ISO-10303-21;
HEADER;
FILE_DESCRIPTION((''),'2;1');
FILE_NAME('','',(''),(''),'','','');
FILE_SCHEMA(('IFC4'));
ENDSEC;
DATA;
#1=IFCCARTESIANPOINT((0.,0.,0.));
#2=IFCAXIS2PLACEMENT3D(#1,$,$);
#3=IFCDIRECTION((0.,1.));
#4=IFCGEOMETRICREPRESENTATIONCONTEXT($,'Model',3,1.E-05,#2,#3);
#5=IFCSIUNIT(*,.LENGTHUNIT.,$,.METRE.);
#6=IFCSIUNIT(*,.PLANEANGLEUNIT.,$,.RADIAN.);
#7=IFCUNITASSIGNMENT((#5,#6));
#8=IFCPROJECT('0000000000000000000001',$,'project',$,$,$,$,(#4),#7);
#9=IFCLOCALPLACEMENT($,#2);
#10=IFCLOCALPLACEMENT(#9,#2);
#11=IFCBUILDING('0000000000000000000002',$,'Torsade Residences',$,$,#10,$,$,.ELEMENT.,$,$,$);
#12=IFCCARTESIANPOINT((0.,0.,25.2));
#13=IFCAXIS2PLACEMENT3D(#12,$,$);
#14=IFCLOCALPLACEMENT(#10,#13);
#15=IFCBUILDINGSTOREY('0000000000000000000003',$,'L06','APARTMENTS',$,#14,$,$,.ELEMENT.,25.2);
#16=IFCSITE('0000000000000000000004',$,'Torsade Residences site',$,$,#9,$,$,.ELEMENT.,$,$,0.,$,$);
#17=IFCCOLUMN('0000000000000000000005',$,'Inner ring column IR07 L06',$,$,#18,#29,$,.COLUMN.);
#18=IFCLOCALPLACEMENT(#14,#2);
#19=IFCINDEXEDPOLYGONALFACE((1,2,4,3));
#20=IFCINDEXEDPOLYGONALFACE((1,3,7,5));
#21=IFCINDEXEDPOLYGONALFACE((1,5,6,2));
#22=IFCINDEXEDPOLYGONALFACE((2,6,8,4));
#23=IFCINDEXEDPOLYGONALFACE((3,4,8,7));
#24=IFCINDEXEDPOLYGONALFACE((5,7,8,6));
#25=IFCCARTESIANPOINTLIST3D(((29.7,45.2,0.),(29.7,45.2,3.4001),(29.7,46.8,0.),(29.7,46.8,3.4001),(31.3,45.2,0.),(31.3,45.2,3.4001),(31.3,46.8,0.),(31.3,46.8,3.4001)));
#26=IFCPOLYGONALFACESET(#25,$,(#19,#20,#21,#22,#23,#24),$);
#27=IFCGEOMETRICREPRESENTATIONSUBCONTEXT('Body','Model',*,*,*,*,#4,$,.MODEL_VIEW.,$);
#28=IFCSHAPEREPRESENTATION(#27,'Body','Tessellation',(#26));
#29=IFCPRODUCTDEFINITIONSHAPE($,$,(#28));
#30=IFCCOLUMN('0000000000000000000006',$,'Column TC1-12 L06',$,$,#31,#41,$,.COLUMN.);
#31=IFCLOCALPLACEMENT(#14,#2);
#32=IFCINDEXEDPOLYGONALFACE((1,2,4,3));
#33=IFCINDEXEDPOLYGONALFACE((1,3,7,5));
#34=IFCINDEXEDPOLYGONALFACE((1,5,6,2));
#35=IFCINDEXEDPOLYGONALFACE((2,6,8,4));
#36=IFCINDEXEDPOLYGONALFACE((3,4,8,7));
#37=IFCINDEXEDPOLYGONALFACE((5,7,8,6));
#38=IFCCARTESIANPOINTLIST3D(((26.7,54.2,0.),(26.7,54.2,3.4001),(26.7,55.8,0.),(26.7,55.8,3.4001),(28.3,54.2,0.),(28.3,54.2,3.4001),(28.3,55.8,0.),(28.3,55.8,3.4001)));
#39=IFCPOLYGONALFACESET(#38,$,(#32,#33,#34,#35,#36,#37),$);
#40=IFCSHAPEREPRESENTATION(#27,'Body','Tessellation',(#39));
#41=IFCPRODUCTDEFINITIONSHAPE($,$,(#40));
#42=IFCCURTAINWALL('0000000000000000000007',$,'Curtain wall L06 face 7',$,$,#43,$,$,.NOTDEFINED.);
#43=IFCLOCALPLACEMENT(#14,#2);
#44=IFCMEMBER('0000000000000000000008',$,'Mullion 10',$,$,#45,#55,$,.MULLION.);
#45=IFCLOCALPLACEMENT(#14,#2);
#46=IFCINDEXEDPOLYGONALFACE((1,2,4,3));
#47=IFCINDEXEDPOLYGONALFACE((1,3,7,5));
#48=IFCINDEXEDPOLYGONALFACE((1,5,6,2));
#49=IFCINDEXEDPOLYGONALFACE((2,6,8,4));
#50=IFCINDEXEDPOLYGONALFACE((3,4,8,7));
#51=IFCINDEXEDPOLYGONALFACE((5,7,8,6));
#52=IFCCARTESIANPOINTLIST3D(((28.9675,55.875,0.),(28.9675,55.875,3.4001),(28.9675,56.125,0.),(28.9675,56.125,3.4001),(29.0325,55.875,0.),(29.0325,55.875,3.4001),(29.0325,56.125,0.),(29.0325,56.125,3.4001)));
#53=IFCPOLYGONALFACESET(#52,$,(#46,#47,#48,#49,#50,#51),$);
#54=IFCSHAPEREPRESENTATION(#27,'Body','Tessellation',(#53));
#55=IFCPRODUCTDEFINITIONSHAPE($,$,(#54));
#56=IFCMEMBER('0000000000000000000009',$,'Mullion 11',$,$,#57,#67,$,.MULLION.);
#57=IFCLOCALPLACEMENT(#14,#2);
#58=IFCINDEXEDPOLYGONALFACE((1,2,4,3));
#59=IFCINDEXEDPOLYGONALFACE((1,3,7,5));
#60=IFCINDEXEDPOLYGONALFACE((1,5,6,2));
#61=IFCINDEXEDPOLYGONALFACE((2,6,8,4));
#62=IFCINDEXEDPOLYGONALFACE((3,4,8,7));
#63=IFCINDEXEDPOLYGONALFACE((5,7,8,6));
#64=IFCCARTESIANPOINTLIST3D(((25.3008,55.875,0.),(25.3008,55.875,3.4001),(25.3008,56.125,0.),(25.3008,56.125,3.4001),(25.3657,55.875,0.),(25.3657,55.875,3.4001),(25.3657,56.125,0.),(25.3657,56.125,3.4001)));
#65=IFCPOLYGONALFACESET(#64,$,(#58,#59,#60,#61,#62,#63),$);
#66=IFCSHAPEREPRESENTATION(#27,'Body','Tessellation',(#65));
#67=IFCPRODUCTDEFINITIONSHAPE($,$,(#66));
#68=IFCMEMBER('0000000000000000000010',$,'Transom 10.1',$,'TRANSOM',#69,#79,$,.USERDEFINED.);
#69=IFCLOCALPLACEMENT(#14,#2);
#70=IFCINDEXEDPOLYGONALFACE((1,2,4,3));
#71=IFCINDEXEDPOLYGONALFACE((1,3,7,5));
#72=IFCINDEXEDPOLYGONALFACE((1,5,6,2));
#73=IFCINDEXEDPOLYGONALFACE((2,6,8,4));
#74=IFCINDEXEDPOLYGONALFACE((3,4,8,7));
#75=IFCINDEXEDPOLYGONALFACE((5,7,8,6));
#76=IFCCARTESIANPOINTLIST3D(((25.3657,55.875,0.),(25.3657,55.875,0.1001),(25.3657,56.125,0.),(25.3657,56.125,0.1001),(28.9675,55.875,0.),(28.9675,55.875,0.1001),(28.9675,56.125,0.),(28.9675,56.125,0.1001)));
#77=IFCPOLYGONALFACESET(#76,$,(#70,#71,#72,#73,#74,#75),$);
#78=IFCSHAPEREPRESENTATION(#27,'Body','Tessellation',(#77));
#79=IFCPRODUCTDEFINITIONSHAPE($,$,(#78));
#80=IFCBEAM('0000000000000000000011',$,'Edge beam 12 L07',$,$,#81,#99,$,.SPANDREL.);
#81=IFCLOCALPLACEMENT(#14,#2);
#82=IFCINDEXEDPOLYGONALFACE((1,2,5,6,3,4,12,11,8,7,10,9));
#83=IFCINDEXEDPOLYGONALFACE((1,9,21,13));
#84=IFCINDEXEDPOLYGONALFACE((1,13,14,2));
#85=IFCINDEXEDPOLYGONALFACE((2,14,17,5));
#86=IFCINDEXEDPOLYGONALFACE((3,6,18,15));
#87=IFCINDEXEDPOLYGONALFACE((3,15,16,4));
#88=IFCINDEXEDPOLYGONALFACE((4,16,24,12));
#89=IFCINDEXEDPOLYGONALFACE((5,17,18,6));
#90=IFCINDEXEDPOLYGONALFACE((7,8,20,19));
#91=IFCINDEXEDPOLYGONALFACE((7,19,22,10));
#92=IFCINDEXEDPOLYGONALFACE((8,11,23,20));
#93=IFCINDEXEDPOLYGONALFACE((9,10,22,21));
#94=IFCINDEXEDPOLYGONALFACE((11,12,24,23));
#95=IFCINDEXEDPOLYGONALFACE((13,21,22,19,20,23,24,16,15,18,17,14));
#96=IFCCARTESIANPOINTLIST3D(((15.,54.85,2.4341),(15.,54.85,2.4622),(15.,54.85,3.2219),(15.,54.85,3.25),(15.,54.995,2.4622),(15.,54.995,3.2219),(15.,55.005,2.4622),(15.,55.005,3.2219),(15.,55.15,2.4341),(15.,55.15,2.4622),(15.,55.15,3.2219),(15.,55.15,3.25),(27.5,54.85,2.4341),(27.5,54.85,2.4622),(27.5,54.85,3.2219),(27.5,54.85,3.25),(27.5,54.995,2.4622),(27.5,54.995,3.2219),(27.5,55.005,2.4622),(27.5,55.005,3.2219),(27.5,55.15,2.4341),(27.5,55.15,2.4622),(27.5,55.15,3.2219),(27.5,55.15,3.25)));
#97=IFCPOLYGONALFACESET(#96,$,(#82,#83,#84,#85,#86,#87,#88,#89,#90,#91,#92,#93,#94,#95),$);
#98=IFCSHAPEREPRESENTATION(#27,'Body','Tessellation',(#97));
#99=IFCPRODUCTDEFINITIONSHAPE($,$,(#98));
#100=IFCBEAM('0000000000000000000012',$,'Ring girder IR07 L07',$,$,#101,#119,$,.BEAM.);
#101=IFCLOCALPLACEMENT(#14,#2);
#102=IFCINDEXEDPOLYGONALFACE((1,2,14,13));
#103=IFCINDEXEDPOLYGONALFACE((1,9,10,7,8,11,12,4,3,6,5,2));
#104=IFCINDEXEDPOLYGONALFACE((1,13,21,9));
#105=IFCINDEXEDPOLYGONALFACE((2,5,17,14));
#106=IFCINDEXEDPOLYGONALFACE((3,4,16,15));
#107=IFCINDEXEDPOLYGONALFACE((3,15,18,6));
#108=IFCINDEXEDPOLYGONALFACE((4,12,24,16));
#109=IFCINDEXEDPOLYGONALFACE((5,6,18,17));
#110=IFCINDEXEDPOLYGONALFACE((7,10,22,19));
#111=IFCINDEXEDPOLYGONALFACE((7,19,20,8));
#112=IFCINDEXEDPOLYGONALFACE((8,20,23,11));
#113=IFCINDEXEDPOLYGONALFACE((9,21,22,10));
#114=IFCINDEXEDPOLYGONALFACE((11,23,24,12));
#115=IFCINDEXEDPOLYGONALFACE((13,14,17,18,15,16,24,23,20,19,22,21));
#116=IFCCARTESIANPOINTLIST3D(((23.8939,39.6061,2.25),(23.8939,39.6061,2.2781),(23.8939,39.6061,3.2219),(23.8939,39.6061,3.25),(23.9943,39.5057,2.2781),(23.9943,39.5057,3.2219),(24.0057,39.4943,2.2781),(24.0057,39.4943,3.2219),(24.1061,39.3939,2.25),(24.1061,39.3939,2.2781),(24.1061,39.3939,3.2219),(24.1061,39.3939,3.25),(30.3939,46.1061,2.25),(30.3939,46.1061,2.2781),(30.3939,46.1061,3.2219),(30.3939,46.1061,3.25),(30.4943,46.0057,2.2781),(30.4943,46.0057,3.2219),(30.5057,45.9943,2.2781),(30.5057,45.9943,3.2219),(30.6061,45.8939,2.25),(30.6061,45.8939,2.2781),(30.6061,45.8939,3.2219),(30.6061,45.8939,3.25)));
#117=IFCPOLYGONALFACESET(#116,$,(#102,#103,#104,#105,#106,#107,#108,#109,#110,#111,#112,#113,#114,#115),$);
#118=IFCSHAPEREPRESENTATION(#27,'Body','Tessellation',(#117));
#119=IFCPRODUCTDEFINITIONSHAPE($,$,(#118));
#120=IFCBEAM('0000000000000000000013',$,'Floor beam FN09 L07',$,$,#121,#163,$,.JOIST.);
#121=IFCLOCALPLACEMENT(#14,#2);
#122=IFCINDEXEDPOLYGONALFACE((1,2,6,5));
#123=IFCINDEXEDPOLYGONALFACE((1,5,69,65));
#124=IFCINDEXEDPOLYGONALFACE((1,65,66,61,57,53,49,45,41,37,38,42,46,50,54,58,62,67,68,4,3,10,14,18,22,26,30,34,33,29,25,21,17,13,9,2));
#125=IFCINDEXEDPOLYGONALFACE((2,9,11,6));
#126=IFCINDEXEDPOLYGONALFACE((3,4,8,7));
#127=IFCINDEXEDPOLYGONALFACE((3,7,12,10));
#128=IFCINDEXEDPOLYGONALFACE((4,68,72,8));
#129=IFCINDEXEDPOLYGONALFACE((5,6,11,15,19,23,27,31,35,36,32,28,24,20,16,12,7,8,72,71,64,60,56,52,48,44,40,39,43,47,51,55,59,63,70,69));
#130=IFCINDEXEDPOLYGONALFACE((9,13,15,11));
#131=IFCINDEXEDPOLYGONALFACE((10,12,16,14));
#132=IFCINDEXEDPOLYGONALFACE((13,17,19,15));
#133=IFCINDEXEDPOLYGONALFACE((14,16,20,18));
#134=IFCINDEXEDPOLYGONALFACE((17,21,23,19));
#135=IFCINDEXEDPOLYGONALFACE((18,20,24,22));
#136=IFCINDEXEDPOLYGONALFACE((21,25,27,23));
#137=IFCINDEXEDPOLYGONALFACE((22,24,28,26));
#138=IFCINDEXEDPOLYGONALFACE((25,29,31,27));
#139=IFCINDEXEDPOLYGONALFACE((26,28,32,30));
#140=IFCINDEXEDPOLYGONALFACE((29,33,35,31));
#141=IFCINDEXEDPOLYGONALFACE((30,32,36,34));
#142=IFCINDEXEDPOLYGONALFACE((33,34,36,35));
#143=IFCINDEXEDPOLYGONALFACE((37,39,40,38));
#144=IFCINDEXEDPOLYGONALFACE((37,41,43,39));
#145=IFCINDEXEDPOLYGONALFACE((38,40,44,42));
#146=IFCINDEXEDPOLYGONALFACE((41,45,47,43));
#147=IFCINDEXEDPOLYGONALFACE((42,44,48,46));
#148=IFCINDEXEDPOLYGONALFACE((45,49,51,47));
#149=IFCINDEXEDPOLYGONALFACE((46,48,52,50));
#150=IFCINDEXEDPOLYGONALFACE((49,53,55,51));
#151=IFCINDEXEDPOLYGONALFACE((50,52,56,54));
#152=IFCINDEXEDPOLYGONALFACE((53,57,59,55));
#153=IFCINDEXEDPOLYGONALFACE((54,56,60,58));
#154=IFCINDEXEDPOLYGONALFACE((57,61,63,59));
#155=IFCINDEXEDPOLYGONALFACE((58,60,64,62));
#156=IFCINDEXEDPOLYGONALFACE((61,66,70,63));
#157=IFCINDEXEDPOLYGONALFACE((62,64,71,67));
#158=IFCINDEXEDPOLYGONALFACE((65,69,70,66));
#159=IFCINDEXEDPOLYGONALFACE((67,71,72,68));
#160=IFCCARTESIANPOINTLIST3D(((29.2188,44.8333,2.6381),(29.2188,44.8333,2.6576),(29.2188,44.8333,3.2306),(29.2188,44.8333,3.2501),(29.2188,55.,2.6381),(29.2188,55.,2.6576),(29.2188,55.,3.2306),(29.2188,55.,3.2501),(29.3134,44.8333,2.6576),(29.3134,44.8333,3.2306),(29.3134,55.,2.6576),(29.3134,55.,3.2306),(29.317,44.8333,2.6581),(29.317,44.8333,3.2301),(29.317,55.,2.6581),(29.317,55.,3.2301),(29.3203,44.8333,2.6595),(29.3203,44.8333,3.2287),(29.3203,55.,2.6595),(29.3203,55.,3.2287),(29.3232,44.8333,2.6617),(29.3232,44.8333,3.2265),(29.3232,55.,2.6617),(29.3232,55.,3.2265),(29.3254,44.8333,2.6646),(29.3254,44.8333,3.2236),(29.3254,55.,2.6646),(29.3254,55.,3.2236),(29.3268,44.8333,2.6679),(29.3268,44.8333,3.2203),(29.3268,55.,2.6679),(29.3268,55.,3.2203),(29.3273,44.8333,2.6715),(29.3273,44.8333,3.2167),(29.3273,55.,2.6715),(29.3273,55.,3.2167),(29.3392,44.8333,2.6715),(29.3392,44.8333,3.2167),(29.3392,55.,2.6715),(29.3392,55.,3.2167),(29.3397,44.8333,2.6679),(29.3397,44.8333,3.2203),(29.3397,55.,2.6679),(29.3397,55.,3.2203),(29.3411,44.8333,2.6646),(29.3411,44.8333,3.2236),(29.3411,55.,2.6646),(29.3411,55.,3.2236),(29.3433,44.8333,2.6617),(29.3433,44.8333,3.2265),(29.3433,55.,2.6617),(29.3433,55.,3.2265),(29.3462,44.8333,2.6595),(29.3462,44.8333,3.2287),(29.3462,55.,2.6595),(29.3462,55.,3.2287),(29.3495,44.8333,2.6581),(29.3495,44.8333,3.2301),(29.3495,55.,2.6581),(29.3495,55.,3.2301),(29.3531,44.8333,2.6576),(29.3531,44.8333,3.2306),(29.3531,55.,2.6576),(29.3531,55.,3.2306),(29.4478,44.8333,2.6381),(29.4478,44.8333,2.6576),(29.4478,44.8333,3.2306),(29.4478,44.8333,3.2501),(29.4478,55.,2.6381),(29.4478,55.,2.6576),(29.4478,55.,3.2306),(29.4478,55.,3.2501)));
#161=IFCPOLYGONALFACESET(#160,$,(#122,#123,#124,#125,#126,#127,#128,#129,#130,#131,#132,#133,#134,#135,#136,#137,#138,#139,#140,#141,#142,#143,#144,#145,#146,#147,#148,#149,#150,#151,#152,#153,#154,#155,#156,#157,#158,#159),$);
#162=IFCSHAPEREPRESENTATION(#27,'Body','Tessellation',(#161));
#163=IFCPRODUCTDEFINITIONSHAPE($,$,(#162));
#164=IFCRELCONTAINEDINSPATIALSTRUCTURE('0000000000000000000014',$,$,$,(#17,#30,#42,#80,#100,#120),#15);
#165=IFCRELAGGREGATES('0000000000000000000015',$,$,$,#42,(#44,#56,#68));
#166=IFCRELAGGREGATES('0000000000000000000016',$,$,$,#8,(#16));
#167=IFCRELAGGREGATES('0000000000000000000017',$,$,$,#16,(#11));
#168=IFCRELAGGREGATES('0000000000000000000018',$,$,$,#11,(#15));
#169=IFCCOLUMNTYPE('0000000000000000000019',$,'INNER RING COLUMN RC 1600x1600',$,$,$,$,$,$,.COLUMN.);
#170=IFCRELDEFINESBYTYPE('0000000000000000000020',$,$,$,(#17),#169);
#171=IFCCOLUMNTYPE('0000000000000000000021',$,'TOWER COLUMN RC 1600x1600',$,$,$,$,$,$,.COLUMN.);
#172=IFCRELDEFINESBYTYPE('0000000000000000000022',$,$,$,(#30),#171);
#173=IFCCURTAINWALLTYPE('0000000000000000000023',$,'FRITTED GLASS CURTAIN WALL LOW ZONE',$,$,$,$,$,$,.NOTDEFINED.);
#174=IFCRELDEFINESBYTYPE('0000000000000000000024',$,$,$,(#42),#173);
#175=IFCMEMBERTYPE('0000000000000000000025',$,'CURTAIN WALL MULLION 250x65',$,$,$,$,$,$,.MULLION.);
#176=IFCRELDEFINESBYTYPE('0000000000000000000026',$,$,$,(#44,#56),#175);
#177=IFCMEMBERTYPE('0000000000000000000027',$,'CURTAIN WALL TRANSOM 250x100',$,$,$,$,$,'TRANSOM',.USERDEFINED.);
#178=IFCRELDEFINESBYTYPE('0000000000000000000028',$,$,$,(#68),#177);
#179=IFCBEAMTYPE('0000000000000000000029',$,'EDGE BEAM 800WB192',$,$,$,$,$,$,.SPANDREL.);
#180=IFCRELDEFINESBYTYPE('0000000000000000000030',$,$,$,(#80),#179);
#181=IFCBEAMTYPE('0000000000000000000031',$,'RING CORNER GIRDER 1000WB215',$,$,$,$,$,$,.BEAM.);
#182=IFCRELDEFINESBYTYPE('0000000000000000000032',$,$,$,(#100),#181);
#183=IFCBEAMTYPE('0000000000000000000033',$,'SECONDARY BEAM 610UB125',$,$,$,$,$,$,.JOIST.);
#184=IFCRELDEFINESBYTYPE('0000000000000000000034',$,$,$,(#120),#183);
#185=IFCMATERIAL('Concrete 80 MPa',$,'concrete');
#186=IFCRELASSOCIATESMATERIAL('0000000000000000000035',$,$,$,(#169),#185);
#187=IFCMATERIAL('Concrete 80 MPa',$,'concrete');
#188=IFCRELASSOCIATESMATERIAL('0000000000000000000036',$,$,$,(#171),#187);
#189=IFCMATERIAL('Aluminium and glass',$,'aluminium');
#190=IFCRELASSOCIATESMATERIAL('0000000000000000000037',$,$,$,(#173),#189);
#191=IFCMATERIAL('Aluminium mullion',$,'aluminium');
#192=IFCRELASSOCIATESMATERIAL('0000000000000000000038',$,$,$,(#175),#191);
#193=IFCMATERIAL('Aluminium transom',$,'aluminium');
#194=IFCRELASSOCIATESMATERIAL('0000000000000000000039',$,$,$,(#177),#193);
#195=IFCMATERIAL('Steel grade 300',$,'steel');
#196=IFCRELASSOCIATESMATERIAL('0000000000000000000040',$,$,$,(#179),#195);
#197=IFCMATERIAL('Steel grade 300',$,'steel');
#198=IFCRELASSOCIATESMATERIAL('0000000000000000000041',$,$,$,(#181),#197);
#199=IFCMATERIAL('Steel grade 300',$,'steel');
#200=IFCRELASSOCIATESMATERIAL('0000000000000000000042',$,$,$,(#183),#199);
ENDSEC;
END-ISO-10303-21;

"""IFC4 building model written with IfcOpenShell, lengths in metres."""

from ifc_helpers import new_model, si_unit, direction, frame, origin, origin_2d, place, context, subcontext, project, spatial, rectangle, i_section, extrude, material, material_profile, profile_set, type_object, element, aggregate, save


model = new_model("IFC4")

# Units and contexts
model_context = context("Model", 3, precision=1e-05, world=origin(), true_north=direction((0.0, 1.0)))
body_context = subcontext(model_context, "Body", "Model", "MODEL_VIEW")
ifc_project = project(units=[si_unit("LENGTHUNIT", "METRE"), si_unit("PLANEANGLEUNIT", "RADIAN")], contexts=[model_context])

# Site, building, storey
site_placement = place(None, origin())
site = spatial("IfcSite", under=ifc_project, at=site_placement, Name="Torsade Residences site", CompositionType="ELEMENT", RefElevation=0.0)
building_placement = place(site_placement, origin())
building = spatial("IfcBuilding", under=site, at=building_placement, Name="Torsade Residences", CompositionType="ELEMENT")
storey_placement = place(building_placement, frame((0.0, 0.0, 25.2)))
storey = spatial("IfcBuildingStorey", under=building, at=storey_placement, Name="L06", Description="APARTMENTS", CompositionType="ELEMENT", Elevation=25.2)

# Columns
ifc_material_1 = material(Name="Concrete 80 MPa", Category="concrete")
ifc_material_profile_1 = material_profile(ifc_material_1, rectangle(XDim=1.6001, YDim=1.6001, at=origin_2d()), Name="RC 1600x1600")
ifc_profile_set_1 = profile_set([ifc_material_profile_1], Name="Concrete 80 MPa")
column_type_1 = type_object("IfcColumnType", Name="INNER RING COLUMN RC 1600x1600", PredefinedType="COLUMN", material=ifc_profile_set_1)
column_1_placement = place(storey_placement, frame((30.5, 46.0, 0.0), z_axis=(0.0, 0.0, 1.0), x_axis=(1.0, 0.0, 0.0)))
element("IfcColumn", 1, at=column_1_placement, inside=storey, type_object=column_type_1, Name="Inner ring column IR07 L06", PredefinedType="COLUMN", context=body_context, shape_type="SweptSolid", body=[
    extrude(rectangle(XDim=1.6001, YDim=1.6001, at=origin_2d()), origin(), (0.0, 0.0, 1.0), 3.4001),
])
ifc_material_2 = material(Name="Concrete 80 MPa", Category="concrete")
ifc_material_profile_2 = material_profile(ifc_material_2, rectangle(XDim=1.6001, YDim=1.6001, at=origin_2d()), Name="RC 1600x1600")
ifc_profile_set_2 = profile_set([ifc_material_profile_2], Name="Concrete 80 MPa")
column_type_2 = type_object("IfcColumnType", Name="TOWER COLUMN RC 1600x1600", PredefinedType="COLUMN", material=ifc_profile_set_2)
column_2_placement = place(storey_placement, frame((27.5, 55.0, 0.0), z_axis=(0.0, 0.0, 1.0), x_axis=(1.0, 0.0, 0.0)))
element("IfcColumn", 2, at=column_2_placement, inside=storey, type_object=column_type_2, Name="Column TC1-12 L06", PredefinedType="COLUMN", context=body_context, shape_type="SweptSolid", body=[
    extrude(rectangle(XDim=1.6001, YDim=1.6001, at=origin_2d()), origin(), (0.0, 0.0, 1.0), 3.4001),
])

# Curtain wall, members
ifc_material_3 = material(Name="Aluminium and glass", Category="aluminium")
curtain_wall_type = type_object("IfcCurtainWallType", Name="FRITTED GLASS CURTAIN WALL LOW ZONE", PredefinedType="NOTDEFINED", material=ifc_material_3)
curtain_wall_placement = place(storey_placement, origin())
curtain_wall = element("IfcCurtainWall", 3, at=curtain_wall_placement, inside=storey, type_object=curtain_wall_type, Name="Curtain wall L06 face 7", PredefinedType="NOTDEFINED")
ifc_material_4 = material(Name="Aluminium mullion", Category="aluminium")
ifc_material_profile_3 = material_profile(ifc_material_4, rectangle(XDim=0.25, YDim=0.0649, at=origin_2d()), Name="CURTAIN WALL MULLION 250x65")
ifc_profile_set_3 = profile_set([ifc_material_profile_3], Name="Aluminium mullion")
member_type_1 = type_object("IfcMemberType", Name="CURTAIN WALL MULLION 250x65", PredefinedType="MULLION", material=ifc_profile_set_3)
member_1_placement = place(storey_placement, frame((29.0, 56.0, 0.0), z_axis=(0.0, 0.0, 1.0), x_axis=(0.0, -1.0, 0.0)))
member_1 = element("IfcMember", 4, at=member_1_placement, type_object=member_type_1, Name="Mullion 10", PredefinedType="MULLION", context=body_context, shape_type="SweptSolid", body=[
    extrude(rectangle(XDim=0.25, YDim=0.0649, at=origin_2d()), origin(), (0.0, 0.0, 1.0), 3.4001),
])
member_2_placement = place(storey_placement, frame((25.3333, 56.0, 0.0), z_axis=(0.0, 0.0, 1.0), x_axis=(0.0, -1.0, 0.0)))
member_2 = element("IfcMember", 5, at=member_2_placement, type_object=member_type_1, Name="Mullion 11", PredefinedType="MULLION", context=body_context, shape_type="SweptSolid", body=[
    extrude(rectangle(XDim=0.25, YDim=0.0649, at=origin_2d()), origin(), (0.0, 0.0, 1.0), 3.4001),
])
ifc_material_5 = material(Name="Aluminium transom", Category="aluminium")
ifc_material_profile_4 = material_profile(ifc_material_5, rectangle(XDim=0.25, YDim=0.1001, at=origin_2d()), Name="CURTAIN WALL TRANSOM 250x100")
ifc_profile_set_4 = profile_set([ifc_material_profile_4], Name="Aluminium transom")
member_type_2 = type_object("IfcMemberType", Name="CURTAIN WALL TRANSOM 250x100", ElementType="TRANSOM", PredefinedType="USERDEFINED", material=ifc_profile_set_4)
member_3_placement = place(storey_placement, frame((28.9675, 56.0, 0.05), z_axis=(-1.0, 0.0, 0.0), x_axis=(0.0, -1.0, 0.0)))
member_3 = element("IfcMember", 6, at=member_3_placement, type_object=member_type_2, Name="Transom 10.1", ObjectType="TRANSOM", PredefinedType="USERDEFINED", context=body_context, shape_type="SweptSolid", body=[
    extrude(rectangle(XDim=0.25, YDim=0.1001, at=origin_2d()), origin(), (0.0, 0.0, 1.0), 3.6018),
])

# Beams
ifc_material_6 = material(Name="Steel grade 300", Category="steel")
ifc_material_profile_5 = material_profile(ifc_material_6, i_section(OverallWidth=0.3, OverallDepth=0.8159, WebThickness=0.01, FlangeThickness=0.0281, at=origin_2d()), Name="800WB192")
ifc_profile_set_5 = profile_set([ifc_material_profile_5], Name="Steel grade 300")
beam_type_1 = type_object("IfcBeamType", Name="EDGE BEAM 800WB192", PredefinedType="SPANDREL", material=ifc_profile_set_5)
beam_1_placement = place(storey_placement, frame((27.5, 55.0, 2.842), z_axis=(-1.0, 0.0, 0.0), x_axis=(0.0, -1.0, 0.0)))
element("IfcBeam", 7, at=beam_1_placement, inside=storey, type_object=beam_type_1, Name="Edge beam 12 L07", PredefinedType="SPANDREL", context=body_context, shape_type="SweptSolid", body=[
    extrude(i_section(OverallWidth=0.3, OverallDepth=0.8159, WebThickness=0.01, FlangeThickness=0.0281, at=origin_2d()), origin(), (0.0, 0.0, 1.0), 12.5),
])
ifc_material_7 = material(Name="Steel grade 300", Category="steel")
ifc_material_profile_6 = material_profile(ifc_material_7, i_section(OverallWidth=0.3, OverallDepth=1.0, WebThickness=0.0161, FlangeThickness=0.0281, at=origin_2d()), Name="1000WB215")
ifc_profile_set_6 = profile_set([ifc_material_profile_6], Name="Steel grade 300")
beam_type_2 = type_object("IfcBeamType", Name="RING CORNER GIRDER 1000WB215", PredefinedType="BEAM", material=ifc_profile_set_6)
beam_2_placement = place(storey_placement, frame((30.5, 46.0, 2.75), z_axis=(-0.707107, -0.707107, 0.0), x_axis=(0.707107, -0.707107, 0.0)))
element("IfcBeam", 8, at=beam_2_placement, inside=storey, type_object=beam_type_2, Name="Ring girder IR07 L07", PredefinedType="BEAM", context=body_context, shape_type="SweptSolid", body=[
    extrude(i_section(OverallWidth=0.3, OverallDepth=1.0, WebThickness=0.0161, FlangeThickness=0.0281, at=origin_2d()), origin(), (0.0, 0.0, 1.0), 9.1924),
])
ifc_material_8 = material(Name="Steel grade 300", Category="steel")
ifc_material_profile_7 = material_profile(ifc_material_8, i_section(OverallWidth=0.229, OverallDepth=0.6121, WebThickness=0.012, FlangeThickness=0.0195, FilletRadius=0.0139, at=origin_2d()), Name="610UB125")
ifc_profile_set_7 = profile_set([ifc_material_profile_7], Name="Steel grade 300")
beam_type_3 = type_object("IfcBeamType", Name="SECONDARY BEAM 610UB125", PredefinedType="JOIST", material=ifc_profile_set_7)
beam_3_placement = place(storey_placement, frame((29.3333, 55.0, 2.9441), z_axis=(0.0, -1.0, 0.0), x_axis=(1.0, 0.0, 0.0)))
element("IfcBeam", 9, at=beam_3_placement, inside=storey, type_object=beam_type_3, Name="Floor beam FN09 L07", PredefinedType="JOIST", context=body_context, shape_type="SweptSolid", body=[
    extrude(i_section(OverallWidth=0.229, OverallDepth=0.6121, WebThickness=0.012, FlangeThickness=0.0195, FilletRadius=0.0139, at=origin_2d()), origin(), (0.0, 0.0, 1.0), 10.1667),
])

aggregate(curtain_wall, [member_1, member_2, member_3])

save(model, "model.ifc")
